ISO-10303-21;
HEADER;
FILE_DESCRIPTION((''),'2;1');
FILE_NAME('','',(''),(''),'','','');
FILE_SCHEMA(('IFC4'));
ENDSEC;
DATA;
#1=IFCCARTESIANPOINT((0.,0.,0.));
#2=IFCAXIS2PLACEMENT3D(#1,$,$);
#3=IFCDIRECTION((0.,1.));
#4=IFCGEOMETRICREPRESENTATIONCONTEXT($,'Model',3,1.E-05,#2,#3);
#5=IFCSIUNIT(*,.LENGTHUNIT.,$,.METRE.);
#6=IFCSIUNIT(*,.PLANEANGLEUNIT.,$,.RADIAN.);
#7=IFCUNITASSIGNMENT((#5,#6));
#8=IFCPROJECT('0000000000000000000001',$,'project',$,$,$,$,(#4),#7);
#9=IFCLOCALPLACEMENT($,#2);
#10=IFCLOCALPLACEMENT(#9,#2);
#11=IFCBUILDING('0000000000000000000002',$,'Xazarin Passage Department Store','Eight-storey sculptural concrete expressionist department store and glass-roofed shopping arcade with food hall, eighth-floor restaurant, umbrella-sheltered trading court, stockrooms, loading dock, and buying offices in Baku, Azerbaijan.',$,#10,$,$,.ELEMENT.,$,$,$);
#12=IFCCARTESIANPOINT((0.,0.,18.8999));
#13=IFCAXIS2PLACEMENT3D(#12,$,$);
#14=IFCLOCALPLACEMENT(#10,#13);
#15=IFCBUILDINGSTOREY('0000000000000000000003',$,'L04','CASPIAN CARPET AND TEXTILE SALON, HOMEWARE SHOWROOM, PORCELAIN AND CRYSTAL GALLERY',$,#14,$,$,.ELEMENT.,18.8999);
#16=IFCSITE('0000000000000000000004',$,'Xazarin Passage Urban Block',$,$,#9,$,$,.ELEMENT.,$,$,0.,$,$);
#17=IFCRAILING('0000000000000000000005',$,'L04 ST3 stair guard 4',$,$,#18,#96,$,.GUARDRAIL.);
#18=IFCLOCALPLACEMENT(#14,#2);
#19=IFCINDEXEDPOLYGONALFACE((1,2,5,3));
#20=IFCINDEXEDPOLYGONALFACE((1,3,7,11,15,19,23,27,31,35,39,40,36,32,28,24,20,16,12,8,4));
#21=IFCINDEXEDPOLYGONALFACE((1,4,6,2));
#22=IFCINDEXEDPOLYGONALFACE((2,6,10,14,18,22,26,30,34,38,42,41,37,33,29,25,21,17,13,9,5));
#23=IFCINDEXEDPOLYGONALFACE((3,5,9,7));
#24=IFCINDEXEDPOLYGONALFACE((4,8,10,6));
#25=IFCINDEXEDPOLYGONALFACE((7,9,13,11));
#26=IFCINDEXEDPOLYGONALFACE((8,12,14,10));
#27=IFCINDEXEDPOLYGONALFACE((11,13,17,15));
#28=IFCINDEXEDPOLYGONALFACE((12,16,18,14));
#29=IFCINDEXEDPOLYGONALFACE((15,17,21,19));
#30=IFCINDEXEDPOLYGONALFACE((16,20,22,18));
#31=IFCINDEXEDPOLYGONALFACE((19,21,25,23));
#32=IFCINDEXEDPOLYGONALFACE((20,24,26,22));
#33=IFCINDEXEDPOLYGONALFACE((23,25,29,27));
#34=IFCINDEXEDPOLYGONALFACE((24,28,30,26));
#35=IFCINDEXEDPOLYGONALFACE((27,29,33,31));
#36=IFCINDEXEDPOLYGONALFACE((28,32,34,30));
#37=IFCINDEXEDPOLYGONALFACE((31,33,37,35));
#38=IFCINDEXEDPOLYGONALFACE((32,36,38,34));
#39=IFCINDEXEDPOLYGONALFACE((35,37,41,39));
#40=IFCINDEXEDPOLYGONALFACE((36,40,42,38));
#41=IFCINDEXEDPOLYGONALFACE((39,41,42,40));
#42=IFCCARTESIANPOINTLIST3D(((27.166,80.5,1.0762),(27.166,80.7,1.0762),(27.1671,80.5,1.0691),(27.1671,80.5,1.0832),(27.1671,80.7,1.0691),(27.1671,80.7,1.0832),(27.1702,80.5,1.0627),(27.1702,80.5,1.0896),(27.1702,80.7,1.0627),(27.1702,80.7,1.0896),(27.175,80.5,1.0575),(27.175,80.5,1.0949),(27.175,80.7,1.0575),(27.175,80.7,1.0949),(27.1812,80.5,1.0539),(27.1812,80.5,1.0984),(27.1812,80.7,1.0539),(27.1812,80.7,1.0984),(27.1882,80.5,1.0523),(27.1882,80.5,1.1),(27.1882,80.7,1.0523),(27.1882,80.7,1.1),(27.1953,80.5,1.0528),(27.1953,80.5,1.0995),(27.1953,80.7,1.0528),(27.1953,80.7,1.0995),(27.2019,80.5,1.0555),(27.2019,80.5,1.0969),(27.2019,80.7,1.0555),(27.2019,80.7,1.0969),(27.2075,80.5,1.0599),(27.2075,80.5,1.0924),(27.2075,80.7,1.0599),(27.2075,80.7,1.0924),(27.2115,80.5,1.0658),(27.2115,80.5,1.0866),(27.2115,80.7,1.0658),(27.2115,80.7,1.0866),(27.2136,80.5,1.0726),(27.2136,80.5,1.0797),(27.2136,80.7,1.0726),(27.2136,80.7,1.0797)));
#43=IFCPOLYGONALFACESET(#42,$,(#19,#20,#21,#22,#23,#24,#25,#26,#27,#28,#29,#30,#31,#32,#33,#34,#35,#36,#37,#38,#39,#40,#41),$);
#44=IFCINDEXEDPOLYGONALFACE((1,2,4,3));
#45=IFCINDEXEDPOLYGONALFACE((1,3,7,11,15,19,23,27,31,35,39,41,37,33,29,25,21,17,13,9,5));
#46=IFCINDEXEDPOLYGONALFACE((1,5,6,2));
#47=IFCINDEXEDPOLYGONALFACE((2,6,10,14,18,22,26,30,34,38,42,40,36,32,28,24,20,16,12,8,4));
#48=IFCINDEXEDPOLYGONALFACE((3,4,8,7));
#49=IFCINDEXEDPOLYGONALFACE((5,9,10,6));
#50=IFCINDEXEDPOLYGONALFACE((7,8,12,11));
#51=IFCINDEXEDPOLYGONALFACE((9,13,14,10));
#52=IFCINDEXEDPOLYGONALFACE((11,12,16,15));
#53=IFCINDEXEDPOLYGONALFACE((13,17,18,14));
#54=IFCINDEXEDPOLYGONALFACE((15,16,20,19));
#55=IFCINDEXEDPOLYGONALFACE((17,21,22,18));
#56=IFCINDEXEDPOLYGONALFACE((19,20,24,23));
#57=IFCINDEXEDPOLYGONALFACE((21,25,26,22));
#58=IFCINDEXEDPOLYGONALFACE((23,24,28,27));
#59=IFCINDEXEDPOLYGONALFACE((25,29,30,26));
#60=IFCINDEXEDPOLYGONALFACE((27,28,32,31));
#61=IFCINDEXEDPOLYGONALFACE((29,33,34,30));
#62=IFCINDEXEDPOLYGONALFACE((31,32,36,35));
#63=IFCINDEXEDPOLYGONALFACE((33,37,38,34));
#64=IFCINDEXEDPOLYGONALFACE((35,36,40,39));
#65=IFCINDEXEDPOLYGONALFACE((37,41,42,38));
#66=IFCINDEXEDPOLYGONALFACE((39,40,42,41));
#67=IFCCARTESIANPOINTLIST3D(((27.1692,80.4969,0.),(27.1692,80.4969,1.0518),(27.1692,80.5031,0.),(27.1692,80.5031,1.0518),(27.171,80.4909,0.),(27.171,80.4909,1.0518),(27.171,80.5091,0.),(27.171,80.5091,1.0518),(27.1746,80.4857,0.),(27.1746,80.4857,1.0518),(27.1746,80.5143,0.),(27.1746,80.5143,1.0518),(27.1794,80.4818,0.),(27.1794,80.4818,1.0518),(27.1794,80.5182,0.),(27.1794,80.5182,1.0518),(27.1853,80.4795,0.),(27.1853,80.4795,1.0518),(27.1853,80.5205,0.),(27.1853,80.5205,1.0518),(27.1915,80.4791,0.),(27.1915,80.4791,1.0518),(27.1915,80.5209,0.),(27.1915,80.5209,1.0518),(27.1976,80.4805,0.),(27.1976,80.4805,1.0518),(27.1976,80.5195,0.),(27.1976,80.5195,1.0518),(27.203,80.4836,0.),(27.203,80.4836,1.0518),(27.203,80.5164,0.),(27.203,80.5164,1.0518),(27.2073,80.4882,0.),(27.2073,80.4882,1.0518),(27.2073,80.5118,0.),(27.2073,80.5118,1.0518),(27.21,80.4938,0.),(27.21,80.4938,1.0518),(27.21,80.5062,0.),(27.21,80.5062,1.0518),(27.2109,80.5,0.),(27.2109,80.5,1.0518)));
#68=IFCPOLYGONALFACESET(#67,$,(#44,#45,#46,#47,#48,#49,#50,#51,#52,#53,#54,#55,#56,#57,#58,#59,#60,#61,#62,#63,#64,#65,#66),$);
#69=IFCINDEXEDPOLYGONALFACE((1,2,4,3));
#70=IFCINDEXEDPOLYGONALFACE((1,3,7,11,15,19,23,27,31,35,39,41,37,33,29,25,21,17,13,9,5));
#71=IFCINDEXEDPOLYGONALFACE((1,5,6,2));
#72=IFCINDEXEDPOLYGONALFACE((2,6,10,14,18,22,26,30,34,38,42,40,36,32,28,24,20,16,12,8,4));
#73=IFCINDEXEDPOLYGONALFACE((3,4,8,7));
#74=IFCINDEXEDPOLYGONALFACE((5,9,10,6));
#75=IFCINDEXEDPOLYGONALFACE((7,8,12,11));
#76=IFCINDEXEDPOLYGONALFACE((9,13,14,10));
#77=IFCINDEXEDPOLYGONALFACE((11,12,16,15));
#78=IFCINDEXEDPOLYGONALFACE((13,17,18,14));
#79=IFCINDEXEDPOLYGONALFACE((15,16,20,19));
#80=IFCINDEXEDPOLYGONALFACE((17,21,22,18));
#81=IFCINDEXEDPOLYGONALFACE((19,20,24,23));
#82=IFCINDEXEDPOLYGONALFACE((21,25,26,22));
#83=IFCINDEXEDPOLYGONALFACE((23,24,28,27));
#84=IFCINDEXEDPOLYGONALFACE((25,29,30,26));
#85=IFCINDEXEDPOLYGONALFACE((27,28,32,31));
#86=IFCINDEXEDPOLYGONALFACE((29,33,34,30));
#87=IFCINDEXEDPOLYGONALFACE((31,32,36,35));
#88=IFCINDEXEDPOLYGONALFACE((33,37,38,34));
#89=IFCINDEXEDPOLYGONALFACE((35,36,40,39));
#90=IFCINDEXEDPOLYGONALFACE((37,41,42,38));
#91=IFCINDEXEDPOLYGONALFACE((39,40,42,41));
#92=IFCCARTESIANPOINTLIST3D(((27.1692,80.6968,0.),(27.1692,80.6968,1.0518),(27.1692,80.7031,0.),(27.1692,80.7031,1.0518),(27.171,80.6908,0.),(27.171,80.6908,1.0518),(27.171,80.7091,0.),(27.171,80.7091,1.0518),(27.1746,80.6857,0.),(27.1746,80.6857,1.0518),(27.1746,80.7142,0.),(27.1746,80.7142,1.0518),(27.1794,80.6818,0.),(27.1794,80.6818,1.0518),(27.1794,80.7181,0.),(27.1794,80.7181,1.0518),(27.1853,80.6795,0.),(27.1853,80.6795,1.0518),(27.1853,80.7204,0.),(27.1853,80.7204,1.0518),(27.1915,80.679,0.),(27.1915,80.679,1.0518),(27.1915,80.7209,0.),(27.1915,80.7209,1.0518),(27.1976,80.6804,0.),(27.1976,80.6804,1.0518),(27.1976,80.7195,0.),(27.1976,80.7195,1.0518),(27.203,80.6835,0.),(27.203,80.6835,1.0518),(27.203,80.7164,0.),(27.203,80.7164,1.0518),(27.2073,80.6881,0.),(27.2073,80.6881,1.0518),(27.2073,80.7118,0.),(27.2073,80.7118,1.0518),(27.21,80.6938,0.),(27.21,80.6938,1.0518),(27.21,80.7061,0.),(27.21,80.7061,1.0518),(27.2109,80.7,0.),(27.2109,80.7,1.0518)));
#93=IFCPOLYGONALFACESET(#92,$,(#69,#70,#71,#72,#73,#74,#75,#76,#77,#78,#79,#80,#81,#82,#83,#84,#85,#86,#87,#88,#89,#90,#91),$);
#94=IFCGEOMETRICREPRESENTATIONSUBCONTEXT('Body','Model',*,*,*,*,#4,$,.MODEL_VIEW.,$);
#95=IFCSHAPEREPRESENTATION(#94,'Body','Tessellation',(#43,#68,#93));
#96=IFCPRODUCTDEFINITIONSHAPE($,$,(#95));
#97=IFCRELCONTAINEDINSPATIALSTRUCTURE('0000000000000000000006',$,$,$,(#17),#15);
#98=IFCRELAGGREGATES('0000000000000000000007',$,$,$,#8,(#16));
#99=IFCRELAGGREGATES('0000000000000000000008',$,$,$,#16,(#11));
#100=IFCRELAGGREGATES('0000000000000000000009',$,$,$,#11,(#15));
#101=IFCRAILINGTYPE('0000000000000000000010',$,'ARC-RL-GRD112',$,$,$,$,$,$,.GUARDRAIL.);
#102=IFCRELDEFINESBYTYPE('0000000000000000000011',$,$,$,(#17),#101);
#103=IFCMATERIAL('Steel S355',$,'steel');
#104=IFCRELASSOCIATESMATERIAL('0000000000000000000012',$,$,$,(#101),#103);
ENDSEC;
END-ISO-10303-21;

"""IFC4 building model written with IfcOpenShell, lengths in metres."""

from ifc_helpers import new_model, si_unit, direction, frame, origin, origin_2d, place, context, subcontext, project, spatial, circle, extrude, material, type_object, element, save


model = new_model("IFC4")

# Units and contexts
model_context = context("Model", 3, precision=1e-05, world=origin(), true_north=direction((0.0, 1.0)))
body_context = subcontext(model_context, "Body", "Model", "MODEL_VIEW")
ifc_project = project(units=[si_unit("LENGTHUNIT", "METRE"), si_unit("PLANEANGLEUNIT", "RADIAN")], contexts=[model_context])

# Site, building, storey
site_placement = place(None, origin())
site = spatial("IfcSite", under=ifc_project, at=site_placement, Name="Xazarin Passage Urban Block", CompositionType="ELEMENT", RefElevation=0.0)
building_placement = place(site_placement, origin())
building = spatial("IfcBuilding", under=site, at=building_placement, Name="Xazarin Passage Department Store", Description="Eight-storey sculptural concrete expressionist department store and glass-roofed shopping arcade with food hall, eighth-floor restaurant, umbrella-sheltered trading court, stockrooms, loading dock, and buying offices in Baku, Azerbaijan.", CompositionType="ELEMENT")
storey_placement = place(building_placement, frame((0.0, 0.0, 18.8999)))
storey = spatial("IfcBuildingStorey", under=building, at=storey_placement, Name="L04", Description="CASPIAN CARPET AND TEXTILE SALON, HOMEWARE SHOWROOM, PORCELAIN AND CRYSTAL GALLERY", CompositionType="ELEMENT", Elevation=18.8999)

# Shared definitions
ifc_material_1 = material(Name="Steel S355", Category="steel")

# Railing
railing_type_1 = type_object("IfcRailingType", Name="ARC-RL-GRD112", PredefinedType="GUARDRAIL", material=ifc_material_1)
railing_1_placement = place(storey_placement, frame((27.1899, 80.5, 0.0)))
element("IfcRailing", 1, at=railing_1_placement, inside=storey, type_object=railing_type_1, Name="L04 ST3 stair guard 4", PredefinedType="GUARDRAIL", context=body_context, shape_type="SweptSolid", body=[
    extrude(circle(Radius=0.0239, at=origin_2d()), frame((0.0, 0.0, 1.0762), z_axis=(0.0, 1.0, 0.0), x_axis=(-1.0, 0.0, 0.0)), (0.0, 0.0, 1.0), 0.2),
    extrude(circle(Radius=0.021, at=origin_2d()), origin(), (0.0, 0.0, 1.0), 1.0518),
    extrude(circle(Radius=0.021, at=origin_2d()), frame((0.0, 0.2, 0.0)), (0.0, 0.0, 1.0), 1.0518),
])

save(model, "model.ifc")
